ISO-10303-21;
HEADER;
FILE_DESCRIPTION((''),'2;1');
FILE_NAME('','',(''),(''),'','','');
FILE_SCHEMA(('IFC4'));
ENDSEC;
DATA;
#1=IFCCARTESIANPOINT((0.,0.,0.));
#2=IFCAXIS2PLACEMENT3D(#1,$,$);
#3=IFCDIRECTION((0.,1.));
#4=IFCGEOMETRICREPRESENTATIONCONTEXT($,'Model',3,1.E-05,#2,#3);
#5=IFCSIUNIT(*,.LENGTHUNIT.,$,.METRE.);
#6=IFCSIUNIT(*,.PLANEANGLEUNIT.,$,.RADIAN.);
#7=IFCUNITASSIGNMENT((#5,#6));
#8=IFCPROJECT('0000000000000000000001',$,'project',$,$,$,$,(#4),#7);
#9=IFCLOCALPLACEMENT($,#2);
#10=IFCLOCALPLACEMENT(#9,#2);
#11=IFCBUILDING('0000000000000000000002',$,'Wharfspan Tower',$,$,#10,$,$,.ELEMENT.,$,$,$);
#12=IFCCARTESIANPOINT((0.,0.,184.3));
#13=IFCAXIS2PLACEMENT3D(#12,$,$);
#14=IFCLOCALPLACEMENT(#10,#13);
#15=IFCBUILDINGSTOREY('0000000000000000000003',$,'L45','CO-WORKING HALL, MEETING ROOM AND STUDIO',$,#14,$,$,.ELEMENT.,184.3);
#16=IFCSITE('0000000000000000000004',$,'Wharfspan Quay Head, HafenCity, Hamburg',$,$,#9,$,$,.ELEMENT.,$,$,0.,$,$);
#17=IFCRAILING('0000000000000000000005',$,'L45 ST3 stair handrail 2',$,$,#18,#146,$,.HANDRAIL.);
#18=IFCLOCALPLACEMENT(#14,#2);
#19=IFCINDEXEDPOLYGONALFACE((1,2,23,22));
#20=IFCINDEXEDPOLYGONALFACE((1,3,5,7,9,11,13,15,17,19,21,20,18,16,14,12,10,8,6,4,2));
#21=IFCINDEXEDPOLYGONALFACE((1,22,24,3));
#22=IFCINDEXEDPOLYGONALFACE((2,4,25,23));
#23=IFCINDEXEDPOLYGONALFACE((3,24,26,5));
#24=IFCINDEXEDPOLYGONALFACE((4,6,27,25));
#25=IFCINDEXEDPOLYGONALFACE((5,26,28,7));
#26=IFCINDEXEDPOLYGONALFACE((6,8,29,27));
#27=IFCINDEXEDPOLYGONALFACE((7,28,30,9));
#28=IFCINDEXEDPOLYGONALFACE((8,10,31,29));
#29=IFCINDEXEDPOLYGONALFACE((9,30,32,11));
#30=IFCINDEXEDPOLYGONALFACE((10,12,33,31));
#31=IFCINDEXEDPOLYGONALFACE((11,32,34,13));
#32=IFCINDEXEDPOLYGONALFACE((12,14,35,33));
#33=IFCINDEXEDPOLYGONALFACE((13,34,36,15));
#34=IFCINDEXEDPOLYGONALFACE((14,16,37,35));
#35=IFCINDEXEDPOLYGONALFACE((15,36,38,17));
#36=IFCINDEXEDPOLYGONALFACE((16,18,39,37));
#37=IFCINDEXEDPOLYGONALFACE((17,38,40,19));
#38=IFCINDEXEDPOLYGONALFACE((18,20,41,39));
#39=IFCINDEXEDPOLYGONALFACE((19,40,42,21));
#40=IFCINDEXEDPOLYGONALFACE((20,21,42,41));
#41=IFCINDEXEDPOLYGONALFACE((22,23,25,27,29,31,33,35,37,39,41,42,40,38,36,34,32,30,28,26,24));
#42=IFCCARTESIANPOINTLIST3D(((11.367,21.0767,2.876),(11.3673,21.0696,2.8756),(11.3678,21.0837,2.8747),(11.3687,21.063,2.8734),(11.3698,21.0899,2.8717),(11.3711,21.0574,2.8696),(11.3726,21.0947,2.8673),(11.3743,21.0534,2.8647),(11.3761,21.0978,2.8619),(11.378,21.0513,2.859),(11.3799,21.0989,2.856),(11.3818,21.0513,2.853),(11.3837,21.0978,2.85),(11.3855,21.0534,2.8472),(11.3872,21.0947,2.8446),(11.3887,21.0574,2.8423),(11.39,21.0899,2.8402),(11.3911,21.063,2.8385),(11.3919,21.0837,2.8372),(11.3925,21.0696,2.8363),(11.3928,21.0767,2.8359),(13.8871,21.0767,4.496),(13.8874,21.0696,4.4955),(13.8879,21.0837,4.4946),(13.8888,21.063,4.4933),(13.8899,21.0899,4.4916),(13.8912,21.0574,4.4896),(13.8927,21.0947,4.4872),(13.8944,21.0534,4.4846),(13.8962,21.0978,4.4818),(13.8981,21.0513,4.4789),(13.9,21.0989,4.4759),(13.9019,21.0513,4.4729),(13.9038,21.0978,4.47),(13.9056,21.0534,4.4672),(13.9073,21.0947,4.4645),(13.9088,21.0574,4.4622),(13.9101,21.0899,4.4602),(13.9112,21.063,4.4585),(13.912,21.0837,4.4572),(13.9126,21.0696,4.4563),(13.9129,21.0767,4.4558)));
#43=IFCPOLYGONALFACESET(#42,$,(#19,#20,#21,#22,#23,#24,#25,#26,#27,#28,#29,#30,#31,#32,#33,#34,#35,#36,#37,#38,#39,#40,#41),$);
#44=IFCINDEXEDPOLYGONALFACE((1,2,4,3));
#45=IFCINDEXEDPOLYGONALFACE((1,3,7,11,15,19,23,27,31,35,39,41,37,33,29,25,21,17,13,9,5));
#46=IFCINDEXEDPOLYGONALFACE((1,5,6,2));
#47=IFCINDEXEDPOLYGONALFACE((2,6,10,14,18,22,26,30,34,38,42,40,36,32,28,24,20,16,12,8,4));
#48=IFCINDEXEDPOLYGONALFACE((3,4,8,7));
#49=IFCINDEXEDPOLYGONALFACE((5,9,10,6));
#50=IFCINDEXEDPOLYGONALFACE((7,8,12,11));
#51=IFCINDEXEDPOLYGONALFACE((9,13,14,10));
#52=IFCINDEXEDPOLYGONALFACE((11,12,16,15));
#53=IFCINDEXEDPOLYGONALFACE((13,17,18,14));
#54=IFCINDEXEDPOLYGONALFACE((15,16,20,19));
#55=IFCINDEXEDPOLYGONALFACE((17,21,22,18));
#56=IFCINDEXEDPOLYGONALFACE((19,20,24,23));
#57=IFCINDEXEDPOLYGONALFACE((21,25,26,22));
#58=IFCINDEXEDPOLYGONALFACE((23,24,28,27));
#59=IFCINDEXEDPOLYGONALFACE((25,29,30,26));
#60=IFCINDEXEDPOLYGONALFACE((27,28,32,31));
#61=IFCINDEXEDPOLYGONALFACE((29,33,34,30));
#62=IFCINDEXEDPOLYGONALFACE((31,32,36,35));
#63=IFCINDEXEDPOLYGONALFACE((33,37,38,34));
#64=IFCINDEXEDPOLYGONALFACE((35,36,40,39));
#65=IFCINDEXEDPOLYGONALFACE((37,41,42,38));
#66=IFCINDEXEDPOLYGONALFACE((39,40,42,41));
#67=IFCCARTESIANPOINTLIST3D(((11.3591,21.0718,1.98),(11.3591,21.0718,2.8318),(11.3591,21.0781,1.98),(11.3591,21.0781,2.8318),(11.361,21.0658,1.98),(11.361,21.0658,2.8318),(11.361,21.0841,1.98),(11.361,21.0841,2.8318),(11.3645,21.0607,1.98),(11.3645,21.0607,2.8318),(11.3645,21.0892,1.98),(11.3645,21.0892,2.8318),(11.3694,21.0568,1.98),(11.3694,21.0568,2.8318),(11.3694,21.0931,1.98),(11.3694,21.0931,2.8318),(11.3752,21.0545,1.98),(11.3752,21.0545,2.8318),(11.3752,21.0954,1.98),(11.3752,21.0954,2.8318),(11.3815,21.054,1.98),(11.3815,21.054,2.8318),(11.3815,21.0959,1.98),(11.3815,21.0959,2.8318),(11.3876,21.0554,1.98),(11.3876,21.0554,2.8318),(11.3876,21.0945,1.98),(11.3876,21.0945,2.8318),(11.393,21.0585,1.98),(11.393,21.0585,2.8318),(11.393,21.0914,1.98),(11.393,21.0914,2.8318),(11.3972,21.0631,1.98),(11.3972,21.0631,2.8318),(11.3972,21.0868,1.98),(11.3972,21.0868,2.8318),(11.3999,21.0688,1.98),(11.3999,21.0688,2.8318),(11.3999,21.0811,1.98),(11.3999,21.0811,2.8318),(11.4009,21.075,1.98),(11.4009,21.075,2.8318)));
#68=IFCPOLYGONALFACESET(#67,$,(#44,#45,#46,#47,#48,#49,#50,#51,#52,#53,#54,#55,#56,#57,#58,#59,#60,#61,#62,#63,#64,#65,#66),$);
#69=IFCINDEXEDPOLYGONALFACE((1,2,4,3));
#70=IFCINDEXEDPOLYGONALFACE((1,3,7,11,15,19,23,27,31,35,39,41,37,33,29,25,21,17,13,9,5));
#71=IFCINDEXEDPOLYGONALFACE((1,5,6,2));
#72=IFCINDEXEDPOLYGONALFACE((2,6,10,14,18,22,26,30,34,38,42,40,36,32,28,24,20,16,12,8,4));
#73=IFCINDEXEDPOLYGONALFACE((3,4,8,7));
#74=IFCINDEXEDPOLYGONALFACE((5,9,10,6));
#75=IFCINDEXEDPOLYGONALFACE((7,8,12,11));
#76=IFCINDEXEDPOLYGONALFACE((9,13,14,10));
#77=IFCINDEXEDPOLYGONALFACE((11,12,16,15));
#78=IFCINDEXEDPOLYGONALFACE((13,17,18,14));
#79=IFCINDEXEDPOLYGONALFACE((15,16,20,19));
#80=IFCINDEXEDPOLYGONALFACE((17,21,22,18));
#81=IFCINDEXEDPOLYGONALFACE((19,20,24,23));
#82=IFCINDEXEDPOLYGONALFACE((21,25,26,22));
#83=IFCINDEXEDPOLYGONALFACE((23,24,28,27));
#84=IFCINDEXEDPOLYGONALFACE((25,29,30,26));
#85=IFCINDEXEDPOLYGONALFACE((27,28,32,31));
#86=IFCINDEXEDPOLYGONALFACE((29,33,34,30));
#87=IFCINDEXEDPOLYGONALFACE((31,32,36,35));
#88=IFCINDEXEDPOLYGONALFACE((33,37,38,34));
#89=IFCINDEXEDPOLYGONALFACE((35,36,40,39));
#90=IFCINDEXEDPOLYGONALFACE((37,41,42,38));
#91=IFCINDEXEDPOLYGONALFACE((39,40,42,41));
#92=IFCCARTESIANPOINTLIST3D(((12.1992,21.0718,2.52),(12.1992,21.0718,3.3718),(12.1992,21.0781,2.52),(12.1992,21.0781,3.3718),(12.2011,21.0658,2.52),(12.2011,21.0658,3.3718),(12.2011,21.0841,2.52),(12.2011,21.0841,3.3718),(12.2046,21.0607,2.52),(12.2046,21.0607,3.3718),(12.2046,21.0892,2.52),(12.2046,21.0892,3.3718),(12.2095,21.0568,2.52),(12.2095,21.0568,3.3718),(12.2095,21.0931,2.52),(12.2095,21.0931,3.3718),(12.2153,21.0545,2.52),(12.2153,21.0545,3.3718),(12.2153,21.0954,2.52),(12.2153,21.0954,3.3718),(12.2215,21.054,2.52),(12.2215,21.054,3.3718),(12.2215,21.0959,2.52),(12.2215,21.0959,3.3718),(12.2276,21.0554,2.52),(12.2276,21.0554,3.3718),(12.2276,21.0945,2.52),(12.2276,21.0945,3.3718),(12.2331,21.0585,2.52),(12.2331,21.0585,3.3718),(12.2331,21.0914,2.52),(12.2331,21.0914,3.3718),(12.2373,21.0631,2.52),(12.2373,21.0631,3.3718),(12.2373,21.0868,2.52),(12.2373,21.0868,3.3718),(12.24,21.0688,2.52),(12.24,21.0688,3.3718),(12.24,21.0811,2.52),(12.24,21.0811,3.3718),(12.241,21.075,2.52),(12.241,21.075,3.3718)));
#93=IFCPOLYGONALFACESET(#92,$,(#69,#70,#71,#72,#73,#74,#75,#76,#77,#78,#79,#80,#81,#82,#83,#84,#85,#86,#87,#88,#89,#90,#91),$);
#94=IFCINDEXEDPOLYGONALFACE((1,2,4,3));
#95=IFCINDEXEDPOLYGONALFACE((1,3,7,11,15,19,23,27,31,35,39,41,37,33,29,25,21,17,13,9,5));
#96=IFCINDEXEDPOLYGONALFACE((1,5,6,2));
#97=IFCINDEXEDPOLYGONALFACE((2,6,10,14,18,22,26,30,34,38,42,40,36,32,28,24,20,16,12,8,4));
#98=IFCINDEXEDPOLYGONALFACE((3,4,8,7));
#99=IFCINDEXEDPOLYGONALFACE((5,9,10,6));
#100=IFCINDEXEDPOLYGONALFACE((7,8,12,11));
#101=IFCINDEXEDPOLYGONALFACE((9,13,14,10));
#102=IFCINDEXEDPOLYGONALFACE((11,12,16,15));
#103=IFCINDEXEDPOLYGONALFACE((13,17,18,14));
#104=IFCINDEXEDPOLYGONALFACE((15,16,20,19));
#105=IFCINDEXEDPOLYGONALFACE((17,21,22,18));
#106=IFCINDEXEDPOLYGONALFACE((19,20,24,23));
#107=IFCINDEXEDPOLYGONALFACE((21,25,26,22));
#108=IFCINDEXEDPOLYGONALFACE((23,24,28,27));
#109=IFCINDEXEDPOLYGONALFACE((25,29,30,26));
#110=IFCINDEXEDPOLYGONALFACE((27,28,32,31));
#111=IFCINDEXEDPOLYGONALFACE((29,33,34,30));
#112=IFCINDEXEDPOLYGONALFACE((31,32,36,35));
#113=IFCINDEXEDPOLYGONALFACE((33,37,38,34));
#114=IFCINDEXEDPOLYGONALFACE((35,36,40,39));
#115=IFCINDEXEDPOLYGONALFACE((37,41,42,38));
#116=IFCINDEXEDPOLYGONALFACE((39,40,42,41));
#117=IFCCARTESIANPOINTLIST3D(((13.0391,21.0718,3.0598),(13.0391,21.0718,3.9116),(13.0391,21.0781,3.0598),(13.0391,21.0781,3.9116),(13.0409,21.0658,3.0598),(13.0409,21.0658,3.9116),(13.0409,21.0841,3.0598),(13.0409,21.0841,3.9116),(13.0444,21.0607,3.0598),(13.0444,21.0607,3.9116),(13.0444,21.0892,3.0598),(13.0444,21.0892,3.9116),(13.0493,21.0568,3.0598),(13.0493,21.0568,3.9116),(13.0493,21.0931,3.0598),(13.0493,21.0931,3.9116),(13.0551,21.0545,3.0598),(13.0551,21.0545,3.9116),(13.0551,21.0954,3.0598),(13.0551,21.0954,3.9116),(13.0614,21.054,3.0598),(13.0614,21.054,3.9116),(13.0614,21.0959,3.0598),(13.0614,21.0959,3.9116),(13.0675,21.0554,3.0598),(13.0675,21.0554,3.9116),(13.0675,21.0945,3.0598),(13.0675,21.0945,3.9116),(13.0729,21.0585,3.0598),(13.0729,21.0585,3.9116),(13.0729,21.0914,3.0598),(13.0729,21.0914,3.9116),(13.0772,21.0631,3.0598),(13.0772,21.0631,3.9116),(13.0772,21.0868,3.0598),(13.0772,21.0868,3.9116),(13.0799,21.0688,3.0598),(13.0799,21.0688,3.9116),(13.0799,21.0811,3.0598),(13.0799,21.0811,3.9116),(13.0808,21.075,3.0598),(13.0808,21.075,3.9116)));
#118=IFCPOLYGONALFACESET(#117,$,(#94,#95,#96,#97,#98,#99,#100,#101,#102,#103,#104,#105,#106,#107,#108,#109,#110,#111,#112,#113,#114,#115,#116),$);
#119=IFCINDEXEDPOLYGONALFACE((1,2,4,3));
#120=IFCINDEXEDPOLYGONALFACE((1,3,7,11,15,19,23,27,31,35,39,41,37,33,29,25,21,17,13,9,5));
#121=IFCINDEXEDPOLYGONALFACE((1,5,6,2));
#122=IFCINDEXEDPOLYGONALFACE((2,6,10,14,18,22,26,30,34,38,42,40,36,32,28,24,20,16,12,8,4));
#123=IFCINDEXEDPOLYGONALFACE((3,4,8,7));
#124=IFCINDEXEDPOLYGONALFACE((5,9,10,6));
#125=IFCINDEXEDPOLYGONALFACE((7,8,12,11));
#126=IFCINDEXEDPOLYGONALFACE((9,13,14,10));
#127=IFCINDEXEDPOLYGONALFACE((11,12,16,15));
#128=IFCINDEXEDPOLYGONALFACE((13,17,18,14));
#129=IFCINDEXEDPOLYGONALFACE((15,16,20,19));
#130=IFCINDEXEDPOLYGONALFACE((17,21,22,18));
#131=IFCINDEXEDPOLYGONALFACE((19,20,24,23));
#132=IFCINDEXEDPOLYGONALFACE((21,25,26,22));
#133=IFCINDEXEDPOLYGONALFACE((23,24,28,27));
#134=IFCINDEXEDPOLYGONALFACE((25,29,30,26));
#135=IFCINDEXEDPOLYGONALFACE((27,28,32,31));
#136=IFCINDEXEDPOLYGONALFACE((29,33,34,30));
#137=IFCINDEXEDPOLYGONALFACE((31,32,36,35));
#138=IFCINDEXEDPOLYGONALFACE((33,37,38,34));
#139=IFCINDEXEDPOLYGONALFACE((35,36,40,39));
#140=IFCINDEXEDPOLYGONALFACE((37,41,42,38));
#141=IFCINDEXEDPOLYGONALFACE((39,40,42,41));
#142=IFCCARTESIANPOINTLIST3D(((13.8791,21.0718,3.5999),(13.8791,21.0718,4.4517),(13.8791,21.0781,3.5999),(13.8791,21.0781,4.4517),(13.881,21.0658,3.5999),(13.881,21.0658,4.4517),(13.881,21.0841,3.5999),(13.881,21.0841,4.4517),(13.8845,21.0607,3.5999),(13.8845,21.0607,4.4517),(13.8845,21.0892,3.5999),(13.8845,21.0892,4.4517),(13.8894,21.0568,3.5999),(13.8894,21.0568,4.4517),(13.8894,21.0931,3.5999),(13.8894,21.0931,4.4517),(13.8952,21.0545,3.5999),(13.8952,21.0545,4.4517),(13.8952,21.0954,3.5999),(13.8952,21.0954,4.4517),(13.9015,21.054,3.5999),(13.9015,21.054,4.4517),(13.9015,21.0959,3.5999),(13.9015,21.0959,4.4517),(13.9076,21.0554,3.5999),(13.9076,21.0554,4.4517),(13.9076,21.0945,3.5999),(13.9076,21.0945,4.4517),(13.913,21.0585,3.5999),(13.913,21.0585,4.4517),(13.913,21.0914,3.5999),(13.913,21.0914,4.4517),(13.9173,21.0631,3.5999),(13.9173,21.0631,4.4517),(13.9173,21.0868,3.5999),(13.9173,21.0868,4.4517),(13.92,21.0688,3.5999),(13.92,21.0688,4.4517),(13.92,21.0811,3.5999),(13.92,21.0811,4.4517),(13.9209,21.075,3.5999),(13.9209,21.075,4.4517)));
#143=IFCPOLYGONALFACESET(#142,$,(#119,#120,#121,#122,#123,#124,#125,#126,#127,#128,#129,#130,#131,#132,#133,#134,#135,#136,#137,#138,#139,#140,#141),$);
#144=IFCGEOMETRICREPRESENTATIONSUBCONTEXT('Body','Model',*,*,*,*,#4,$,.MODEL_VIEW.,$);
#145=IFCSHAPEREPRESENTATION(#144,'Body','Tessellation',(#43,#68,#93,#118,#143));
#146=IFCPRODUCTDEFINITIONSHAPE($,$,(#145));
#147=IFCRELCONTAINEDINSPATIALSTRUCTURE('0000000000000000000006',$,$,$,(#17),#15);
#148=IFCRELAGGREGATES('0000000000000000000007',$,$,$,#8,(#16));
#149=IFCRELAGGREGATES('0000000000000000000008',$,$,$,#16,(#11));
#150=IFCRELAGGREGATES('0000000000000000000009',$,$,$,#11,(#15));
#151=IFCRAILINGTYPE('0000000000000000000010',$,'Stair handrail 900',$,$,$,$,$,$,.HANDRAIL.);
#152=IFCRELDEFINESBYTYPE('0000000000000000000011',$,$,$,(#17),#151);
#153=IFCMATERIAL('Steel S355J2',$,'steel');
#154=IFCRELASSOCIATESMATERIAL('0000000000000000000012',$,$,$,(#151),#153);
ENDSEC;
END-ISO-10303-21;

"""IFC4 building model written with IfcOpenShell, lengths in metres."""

from ifc_helpers import new_model, si_unit, direction, frame, origin, origin_2d, place, context, subcontext, project, spatial, circle, extrude, material, type_object, element, save


model = new_model("IFC4")

# Units and contexts
model_context = context("Model", 3, precision=1e-05, world=origin(), true_north=direction((0.0, 1.0)))
body_context = subcontext(model_context, "Body", "Model", "MODEL_VIEW")
ifc_project = project(units=[si_unit("LENGTHUNIT", "METRE"), si_unit("PLANEANGLEUNIT", "RADIAN")], contexts=[model_context])

# Site, building, storey
site_placement = place(None, origin())
site = spatial("IfcSite", under=ifc_project, at=site_placement, Name="Wharfspan Quay Head, HafenCity, Hamburg", CompositionType="ELEMENT", RefElevation=0.0)
building_placement = place(site_placement, origin())
building = spatial("IfcBuilding", under=site, at=building_placement, Name="Wharfspan Tower", CompositionType="ELEMENT")
storey_placement = place(building_placement, frame((0.0, 0.0, 184.3)))
storey = spatial("IfcBuildingStorey", under=building, at=storey_placement, Name="L45", Description="CO-WORKING HALL, MEETING ROOM AND STUDIO", CompositionType="ELEMENT", Elevation=184.3)

# Shared definitions
ifc_material_1 = material(Name="Steel S355J2", Category="steel")

# Railing
railing_type_1 = type_object("IfcRailingType", Name="Stair handrail 900", PredefinedType="HANDRAIL", material=ifc_material_1)
railing_1_placement = place(storey_placement, frame((11.3799, 21.075, 1.98)))
element("IfcRailing", 1, at=railing_1_placement, inside=storey, type_object=railing_type_1, Name="L45 ST3 stair handrail 2", PredefinedType="HANDRAIL", context=body_context, shape_type="SweptSolid", body=[
    extrude(circle(Radius=0.0239, at=origin_2d()), frame((0.0, 0.0, 0.876), z_axis=(0.8412, 0.0, 0.540725), x_axis=(0.0, 1.0, 0.0)), (0.0, 0.0, 1.0), 2.9958),
    extrude(circle(Radius=0.021, at=origin_2d()), origin(), (0.0, 0.0, 1.0), 0.8518),
    extrude(circle(Radius=0.021, at=origin_2d()), frame((0.8401, 0.0, 0.54)), (0.0, 0.0, 1.0), 0.8518),
    extrude(circle(Radius=0.021, at=origin_2d()), frame((1.6799, 0.0, 1.0798)), (0.0, 0.0, 1.0), 0.8518),
    extrude(circle(Radius=0.021, at=origin_2d()), frame((2.52, 0.0, 1.6199)), (0.0, 0.0, 1.0), 0.8518),
])

save(model, "model.ifc")
